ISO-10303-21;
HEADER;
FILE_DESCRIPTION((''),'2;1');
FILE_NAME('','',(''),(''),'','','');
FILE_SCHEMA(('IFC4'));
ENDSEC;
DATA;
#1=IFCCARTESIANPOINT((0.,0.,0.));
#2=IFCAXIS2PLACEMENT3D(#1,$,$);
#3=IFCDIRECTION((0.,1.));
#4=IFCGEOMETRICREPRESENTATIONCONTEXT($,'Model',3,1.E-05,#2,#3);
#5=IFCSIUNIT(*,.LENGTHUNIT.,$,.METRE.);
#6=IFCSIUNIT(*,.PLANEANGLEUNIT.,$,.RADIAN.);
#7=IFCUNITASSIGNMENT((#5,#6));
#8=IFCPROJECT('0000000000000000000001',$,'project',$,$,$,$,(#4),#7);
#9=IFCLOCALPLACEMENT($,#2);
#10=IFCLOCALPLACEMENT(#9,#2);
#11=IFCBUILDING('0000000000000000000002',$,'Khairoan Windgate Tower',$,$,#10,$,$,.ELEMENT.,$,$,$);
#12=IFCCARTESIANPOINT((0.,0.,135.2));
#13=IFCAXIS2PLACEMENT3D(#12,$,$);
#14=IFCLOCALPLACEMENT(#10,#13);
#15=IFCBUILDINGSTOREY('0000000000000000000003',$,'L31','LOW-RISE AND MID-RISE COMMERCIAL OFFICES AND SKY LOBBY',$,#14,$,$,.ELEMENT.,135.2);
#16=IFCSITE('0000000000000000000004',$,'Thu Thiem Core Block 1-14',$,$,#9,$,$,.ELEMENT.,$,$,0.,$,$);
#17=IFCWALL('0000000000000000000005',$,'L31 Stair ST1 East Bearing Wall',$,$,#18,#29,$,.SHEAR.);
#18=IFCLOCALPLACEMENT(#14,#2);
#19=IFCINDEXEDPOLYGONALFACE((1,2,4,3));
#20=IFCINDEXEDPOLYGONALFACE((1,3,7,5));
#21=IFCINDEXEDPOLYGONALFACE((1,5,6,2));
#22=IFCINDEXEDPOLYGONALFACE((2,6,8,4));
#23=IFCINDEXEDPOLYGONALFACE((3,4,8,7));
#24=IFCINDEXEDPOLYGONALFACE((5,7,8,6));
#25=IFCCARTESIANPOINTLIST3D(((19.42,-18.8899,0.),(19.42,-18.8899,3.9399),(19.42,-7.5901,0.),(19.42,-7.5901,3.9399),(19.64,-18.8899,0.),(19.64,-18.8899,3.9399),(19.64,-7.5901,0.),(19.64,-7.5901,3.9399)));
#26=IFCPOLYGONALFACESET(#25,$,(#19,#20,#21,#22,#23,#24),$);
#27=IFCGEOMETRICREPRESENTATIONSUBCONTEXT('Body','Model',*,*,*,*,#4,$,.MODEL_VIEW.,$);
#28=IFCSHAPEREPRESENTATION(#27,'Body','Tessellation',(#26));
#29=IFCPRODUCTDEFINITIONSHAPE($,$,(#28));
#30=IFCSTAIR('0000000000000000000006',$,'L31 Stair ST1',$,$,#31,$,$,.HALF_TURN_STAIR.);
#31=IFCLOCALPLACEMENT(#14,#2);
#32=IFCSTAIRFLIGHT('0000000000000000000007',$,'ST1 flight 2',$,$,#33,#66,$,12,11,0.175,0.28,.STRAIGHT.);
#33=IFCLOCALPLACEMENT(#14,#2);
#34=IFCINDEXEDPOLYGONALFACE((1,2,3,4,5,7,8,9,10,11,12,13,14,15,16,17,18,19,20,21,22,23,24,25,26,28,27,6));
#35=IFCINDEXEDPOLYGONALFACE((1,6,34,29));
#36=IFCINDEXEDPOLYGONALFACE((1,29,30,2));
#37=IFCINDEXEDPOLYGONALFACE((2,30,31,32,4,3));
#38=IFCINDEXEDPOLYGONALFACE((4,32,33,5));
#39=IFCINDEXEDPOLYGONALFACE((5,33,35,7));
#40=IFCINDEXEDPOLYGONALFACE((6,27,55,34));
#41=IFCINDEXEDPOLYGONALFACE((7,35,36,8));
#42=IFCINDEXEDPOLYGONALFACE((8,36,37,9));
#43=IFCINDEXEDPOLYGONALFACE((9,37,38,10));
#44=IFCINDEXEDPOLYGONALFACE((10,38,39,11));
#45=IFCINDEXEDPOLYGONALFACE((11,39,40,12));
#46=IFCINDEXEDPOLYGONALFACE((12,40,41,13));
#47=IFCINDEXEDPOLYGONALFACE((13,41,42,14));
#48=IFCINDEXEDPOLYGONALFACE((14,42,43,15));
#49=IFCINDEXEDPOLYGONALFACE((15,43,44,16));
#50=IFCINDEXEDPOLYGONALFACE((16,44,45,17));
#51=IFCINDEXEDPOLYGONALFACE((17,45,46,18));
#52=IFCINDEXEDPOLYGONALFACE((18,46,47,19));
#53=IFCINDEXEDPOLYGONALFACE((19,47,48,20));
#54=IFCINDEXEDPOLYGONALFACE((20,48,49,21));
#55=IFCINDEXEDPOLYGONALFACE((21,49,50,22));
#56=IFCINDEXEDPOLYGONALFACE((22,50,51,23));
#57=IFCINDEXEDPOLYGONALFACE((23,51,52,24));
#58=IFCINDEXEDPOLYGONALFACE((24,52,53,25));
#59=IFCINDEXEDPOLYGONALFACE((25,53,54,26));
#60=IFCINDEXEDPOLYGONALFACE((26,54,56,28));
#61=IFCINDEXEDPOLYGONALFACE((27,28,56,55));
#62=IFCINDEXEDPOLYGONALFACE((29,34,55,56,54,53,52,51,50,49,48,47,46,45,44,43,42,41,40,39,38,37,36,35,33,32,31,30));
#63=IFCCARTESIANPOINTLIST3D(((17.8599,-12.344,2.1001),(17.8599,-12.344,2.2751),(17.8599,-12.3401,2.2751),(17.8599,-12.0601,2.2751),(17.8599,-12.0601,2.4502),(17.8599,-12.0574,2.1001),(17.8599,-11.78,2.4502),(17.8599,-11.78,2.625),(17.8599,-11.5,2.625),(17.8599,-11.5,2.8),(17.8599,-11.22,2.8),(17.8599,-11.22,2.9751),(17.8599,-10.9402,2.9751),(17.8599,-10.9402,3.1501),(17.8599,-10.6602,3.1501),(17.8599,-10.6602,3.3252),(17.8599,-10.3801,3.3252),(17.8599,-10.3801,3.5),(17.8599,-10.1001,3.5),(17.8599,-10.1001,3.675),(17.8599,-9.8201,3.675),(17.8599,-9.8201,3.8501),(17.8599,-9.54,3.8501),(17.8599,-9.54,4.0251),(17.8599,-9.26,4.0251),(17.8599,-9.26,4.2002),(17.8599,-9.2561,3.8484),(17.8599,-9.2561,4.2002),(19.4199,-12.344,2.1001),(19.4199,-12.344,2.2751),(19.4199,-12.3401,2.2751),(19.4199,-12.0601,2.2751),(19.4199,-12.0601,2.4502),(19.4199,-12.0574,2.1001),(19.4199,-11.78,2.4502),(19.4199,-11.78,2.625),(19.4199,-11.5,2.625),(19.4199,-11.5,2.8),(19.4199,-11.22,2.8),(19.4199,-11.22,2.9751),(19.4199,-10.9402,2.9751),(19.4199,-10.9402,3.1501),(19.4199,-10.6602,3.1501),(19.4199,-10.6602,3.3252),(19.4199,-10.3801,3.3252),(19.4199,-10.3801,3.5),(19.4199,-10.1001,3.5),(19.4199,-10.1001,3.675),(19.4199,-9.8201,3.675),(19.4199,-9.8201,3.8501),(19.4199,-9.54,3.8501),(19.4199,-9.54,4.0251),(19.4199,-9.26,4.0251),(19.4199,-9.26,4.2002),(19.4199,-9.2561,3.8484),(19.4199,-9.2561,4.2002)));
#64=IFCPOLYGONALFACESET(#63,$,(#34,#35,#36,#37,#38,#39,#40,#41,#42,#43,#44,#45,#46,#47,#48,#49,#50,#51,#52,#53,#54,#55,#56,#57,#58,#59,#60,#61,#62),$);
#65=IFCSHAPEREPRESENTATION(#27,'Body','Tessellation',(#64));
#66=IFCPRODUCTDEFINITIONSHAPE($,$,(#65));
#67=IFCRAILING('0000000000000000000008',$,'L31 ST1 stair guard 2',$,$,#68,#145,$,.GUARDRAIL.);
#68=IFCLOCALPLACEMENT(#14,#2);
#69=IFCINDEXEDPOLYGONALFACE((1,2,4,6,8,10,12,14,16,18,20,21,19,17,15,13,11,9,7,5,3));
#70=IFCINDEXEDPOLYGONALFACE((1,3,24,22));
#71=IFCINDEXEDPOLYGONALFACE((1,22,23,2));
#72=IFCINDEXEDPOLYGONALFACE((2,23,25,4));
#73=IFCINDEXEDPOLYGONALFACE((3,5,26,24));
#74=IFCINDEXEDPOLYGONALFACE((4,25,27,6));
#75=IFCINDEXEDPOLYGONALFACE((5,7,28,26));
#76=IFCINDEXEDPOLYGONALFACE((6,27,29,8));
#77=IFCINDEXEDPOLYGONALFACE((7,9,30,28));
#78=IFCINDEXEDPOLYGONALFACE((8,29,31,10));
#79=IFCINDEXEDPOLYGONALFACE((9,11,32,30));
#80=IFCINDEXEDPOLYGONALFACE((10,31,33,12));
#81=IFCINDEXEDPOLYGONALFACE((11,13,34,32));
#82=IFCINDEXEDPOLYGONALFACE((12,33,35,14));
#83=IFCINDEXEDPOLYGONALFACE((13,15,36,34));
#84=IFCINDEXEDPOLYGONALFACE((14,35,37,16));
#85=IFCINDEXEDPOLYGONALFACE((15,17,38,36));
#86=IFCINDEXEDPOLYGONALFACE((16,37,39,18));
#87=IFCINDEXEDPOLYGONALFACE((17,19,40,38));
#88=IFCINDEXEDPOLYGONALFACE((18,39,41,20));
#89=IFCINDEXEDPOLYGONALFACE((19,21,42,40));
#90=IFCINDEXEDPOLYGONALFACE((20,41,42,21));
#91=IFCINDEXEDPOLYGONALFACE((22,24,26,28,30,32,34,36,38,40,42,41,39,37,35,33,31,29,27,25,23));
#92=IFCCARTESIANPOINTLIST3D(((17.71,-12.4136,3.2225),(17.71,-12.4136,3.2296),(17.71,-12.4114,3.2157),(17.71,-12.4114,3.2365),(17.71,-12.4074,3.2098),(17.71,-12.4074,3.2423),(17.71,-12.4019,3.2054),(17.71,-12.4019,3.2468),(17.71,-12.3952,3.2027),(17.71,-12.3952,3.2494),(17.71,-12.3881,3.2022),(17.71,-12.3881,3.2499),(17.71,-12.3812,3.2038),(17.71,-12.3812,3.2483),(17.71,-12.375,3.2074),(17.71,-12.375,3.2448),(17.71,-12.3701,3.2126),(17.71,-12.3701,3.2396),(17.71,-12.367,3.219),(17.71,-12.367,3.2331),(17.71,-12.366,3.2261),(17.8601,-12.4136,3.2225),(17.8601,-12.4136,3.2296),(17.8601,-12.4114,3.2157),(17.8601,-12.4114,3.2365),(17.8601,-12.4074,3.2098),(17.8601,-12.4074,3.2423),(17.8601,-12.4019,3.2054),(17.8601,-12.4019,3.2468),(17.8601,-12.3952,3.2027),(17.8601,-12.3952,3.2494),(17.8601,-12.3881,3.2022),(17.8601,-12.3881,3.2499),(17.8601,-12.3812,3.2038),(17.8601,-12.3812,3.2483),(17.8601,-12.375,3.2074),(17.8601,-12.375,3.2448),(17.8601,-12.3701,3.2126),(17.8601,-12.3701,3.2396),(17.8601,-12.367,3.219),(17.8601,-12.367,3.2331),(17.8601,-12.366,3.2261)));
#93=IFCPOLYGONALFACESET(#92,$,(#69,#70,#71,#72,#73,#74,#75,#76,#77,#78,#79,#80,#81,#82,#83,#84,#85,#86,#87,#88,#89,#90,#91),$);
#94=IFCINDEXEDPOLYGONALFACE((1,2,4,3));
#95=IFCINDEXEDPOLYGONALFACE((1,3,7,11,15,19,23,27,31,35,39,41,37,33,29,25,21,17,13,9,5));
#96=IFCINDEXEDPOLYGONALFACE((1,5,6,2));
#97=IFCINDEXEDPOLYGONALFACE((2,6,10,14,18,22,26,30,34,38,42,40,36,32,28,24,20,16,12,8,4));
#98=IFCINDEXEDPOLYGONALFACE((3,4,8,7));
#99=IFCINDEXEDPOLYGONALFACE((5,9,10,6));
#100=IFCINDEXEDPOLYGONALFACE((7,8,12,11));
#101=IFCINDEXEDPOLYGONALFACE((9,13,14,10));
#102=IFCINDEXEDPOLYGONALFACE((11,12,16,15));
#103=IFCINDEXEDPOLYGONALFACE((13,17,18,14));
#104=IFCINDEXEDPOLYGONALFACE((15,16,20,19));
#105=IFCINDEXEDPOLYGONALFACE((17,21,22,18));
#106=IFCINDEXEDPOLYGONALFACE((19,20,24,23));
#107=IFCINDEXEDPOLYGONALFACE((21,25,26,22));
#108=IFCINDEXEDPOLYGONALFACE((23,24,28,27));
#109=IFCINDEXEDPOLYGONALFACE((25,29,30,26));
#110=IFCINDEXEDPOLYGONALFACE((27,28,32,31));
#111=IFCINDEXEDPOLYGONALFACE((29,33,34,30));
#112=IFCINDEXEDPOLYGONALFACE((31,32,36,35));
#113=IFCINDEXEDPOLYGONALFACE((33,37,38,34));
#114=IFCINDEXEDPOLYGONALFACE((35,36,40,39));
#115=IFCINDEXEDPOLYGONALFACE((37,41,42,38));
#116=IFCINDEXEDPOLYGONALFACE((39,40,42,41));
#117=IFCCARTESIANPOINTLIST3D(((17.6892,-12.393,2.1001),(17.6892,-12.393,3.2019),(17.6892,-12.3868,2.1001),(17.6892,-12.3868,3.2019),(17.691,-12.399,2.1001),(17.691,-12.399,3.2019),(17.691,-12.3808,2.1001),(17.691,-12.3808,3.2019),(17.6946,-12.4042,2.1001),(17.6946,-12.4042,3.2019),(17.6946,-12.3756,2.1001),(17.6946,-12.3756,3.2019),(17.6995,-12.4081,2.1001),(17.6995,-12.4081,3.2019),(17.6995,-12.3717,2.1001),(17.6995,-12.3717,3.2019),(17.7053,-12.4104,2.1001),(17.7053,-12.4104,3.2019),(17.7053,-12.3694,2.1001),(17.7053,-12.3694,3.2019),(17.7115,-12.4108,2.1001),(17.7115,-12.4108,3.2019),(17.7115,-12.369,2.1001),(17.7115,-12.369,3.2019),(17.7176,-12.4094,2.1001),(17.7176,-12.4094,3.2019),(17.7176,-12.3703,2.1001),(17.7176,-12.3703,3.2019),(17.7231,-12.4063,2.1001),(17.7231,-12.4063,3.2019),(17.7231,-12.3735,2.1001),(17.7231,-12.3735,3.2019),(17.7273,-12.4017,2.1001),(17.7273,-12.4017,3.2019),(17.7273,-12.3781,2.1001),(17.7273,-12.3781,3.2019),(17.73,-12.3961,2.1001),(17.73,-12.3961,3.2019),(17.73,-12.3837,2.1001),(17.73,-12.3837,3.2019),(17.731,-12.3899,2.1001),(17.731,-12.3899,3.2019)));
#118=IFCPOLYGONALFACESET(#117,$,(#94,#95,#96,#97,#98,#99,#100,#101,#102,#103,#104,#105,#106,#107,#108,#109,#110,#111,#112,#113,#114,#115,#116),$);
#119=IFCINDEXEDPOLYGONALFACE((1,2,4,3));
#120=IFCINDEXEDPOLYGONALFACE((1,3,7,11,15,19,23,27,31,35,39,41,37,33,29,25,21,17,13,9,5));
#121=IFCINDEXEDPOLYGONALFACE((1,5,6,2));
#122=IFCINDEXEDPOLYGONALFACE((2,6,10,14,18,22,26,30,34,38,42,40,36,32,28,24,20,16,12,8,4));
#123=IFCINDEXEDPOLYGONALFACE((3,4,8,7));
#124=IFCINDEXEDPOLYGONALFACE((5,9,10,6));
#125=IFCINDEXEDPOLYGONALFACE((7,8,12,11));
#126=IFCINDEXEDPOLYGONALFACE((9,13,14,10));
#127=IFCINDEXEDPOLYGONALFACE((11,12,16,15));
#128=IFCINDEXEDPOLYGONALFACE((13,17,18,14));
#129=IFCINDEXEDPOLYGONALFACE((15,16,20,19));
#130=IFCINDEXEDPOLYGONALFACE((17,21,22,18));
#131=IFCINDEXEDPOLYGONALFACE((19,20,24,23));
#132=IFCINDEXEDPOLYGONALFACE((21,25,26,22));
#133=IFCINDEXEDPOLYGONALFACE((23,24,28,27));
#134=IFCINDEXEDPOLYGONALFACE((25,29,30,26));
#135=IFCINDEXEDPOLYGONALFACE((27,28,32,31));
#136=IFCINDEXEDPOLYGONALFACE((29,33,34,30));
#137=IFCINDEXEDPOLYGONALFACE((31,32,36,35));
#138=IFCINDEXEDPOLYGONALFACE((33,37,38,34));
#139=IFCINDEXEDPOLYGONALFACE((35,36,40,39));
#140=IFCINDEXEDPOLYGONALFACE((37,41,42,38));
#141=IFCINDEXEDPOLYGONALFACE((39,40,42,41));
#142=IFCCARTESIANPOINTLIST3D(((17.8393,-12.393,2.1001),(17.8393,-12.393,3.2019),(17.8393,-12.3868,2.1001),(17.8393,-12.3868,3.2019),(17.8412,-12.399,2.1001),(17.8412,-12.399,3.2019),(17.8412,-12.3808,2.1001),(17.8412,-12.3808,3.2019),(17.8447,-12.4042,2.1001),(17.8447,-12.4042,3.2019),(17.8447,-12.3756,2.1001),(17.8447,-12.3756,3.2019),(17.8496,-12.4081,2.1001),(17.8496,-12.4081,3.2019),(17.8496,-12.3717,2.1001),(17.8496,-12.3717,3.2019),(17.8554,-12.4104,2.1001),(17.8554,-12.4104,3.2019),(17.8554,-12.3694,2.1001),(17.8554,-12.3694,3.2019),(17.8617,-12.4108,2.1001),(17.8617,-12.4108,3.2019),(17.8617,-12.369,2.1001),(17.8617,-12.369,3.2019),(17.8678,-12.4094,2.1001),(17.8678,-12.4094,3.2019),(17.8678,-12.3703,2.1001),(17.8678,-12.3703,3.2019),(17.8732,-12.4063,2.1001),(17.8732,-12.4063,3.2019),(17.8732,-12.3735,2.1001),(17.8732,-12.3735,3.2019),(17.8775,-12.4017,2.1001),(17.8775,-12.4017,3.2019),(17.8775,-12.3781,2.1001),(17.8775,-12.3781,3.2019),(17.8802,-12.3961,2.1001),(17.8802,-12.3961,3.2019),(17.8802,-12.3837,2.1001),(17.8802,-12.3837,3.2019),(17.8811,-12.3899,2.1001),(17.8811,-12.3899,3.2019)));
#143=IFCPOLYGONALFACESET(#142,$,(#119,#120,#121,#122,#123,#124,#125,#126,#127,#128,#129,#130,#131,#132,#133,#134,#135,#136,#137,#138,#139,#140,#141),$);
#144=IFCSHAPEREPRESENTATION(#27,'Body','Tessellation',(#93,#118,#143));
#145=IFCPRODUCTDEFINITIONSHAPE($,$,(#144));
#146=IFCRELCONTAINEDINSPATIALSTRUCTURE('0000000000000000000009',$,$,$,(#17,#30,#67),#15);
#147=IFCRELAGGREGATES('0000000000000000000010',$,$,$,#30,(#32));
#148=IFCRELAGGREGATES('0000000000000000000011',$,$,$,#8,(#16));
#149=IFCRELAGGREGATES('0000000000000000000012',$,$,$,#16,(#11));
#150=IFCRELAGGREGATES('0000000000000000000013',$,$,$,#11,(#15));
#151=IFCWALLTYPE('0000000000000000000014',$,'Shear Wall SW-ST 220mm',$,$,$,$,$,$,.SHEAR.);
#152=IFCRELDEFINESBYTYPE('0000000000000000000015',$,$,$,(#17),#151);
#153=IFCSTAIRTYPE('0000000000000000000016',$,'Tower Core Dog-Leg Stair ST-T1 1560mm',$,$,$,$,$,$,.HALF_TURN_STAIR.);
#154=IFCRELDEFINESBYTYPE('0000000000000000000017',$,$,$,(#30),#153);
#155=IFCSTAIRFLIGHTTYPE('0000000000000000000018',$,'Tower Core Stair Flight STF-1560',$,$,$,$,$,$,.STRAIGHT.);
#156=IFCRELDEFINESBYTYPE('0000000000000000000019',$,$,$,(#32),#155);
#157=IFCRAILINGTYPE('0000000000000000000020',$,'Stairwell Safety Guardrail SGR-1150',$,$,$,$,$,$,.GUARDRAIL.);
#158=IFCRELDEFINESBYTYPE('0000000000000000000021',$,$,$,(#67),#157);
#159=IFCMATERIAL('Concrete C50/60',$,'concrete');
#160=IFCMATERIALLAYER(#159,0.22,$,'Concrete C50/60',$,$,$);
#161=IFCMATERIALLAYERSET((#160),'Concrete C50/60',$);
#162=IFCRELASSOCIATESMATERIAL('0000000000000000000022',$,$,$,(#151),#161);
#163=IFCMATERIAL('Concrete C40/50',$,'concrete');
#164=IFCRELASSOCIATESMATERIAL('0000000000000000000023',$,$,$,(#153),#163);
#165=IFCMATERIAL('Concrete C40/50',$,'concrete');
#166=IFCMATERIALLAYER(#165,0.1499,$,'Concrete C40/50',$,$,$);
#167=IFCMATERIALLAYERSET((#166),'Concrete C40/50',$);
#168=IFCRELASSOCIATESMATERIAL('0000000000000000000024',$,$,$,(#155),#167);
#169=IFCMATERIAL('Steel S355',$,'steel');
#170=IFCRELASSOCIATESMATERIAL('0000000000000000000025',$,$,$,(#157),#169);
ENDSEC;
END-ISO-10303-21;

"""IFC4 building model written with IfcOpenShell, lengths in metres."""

from ifc_helpers import new_model, si_unit, direction, frame, frame_2d, origin, origin_2d, place, context, subcontext, project, spatial, polyline, rectangle, circle, outline, extrude, material, layer, layer_set, type_object, element, aggregate, save


model = new_model("IFC4")

# Units and contexts
model_context = context("Model", 3, precision=1e-05, world=origin(), true_north=direction((0.0, 1.0)))
body_context = subcontext(model_context, "Body", "Model", "MODEL_VIEW")
ifc_project = project(units=[si_unit("LENGTHUNIT", "METRE"), si_unit("PLANEANGLEUNIT", "RADIAN")], contexts=[model_context])

# Site, building, storey
site_placement = place(None, origin())
site = spatial("IfcSite", under=ifc_project, at=site_placement, Name="Thu Thiem Core Block 1-14", CompositionType="ELEMENT", RefElevation=0.0)
building_placement = place(site_placement, origin())
building = spatial("IfcBuilding", under=site, at=building_placement, Name="Khairoan Windgate Tower", CompositionType="ELEMENT")
storey_placement = place(building_placement, frame((0.0, 0.0, 135.2)))
storey = spatial("IfcBuildingStorey", under=building, at=storey_placement, Name="L31", Description="LOW-RISE AND MID-RISE COMMERCIAL OFFICES AND SKY LOBBY", CompositionType="ELEMENT", Elevation=135.2)

# Wall
ifc_material_1 = material(Name="Concrete C50/60", Category="concrete")
ifc_layer_1 = layer(ifc_material_1, 0.22, Name="Concrete C50/60")
ifc_layer_set_1 = layer_set([ifc_layer_1], Name="Concrete C50/60")
wall_type_1 = type_object("IfcWallType", Name="Shear Wall SW-ST 220mm", PredefinedType="SHEAR", material=ifc_layer_set_1)
for number, where, z_axis, x_axis, name in (
    (1, (19.53, -18.8899, 0.0), (0.0, 0.0, 1.0), (0.0, 1.0, 0.0), "L31 Stair ST1 East Bearing Wall"),
):
    element("IfcWall", number, at=place(storey_placement, frame(where, z_axis=z_axis, x_axis=x_axis)), inside=storey, type_object=wall_type_1, Name=name, PredefinedType="SHEAR", context=body_context, shape_type="SweptSolid", body=[
        extrude(rectangle(XDim=11.2998, YDim=0.22, at=frame_2d((5.6499, 0.0))), origin(), (0.0, 0.0, 1.0), 3.9399),
    ])

# Stair, stair flight
ifc_material_2 = material(Name="Concrete C40/50", Category="concrete")
stair_type = type_object("IfcStairType", Name="Tower Core Dog-Leg Stair ST-T1 1560mm", PredefinedType="HALF_TURN_STAIR", material=ifc_material_2)
stair_placement = place(storey_placement, origin())
stair = element("IfcStair", 2, at=stair_placement, inside=storey, type_object=stair_type, Name="L31 Stair ST1", PredefinedType="HALF_TURN_STAIR")
ifc_material_3 = material(Name="Concrete C40/50", Category="concrete")
ifc_layer_2 = layer(ifc_material_3, 0.1499, Name="Concrete C40/50")
ifc_layer_set_2 = layer_set([ifc_layer_2], Name="Concrete C40/50")
stair_flight_type = type_object("IfcStairFlightType", Name="Tower Core Stair Flight STF-1560", PredefinedType="STRAIGHT", material=ifc_layer_set_2)
stair_flight_placement = place(storey_placement, frame((18.6399, -12.3401, 2.1001), z_axis=(0.0, 0.0, 1.0), x_axis=(0.0, 1.0, 0.0)))
stair_flight = element("IfcStairFlight", 3, at=stair_flight_placement, type_object=stair_flight_type, Name="ST1 flight 2", NumberOfRisers=12, NumberOfTreads=11, PredefinedType="STRAIGHT", RiserHeight=0.175, TreadLength=0.28, context=body_context, shape_type="SweptSolid", body=[
    extrude(outline(polyline([(-0.0039, 0.0), (-0.0039, 0.175), (0.0, 0.175), (0.28, 0.175), (0.28, 0.3501), (0.5601, 0.3501), (0.5601, 0.5249), (0.8401, 0.5249), (0.8401, 0.7), (1.1201, 0.7), (1.1201, 0.875), (1.3999, 0.875), (1.3999, 1.05), (1.6799, 1.05), (1.6799, 1.2251), (1.96, 1.2251), (1.96, 1.3999), (2.24, 1.3999), (2.24, 1.575), (2.52, 1.575), (2.52, 1.75), (2.8, 1.75), (2.8, 1.925), (3.0801, 1.925), (3.0801, 2.1001), (3.084, 2.1001), (3.084, 1.7483), (0.2827, 0.0), (-0.0039, 0.0)])), frame((0.0, 0.78, 0.0), z_axis=(0.0, -1.0, 0.0), x_axis=(1.0, 0.0, 0.0)), (0.0, 0.0, 1.0), 1.5601),
])
aggregate(stair, [stair_flight])

# Railing
ifc_material_4 = material(Name="Steel S355", Category="steel")
railing_type = type_object("IfcRailingType", Name="Stairwell Safety Guardrail SGR-1150", PredefinedType="GUARDRAIL", material=ifc_material_4)
railing_1_placement = place(storey_placement, frame((17.71, -12.3899, 2.1001)))
element("IfcRailing", 4, at=railing_1_placement, inside=storey, type_object=railing_type, Name="L31 ST1 stair guard 2", PredefinedType="GUARDRAIL", context=body_context, shape_type="SweptSolid", body=[
    extrude(circle(Radius=0.0239, at=origin_2d()), frame((0.0, 0.0, 1.126), z_axis=(1.0, 0.0, 0.0), x_axis=(0.0, 1.0, 0.0)), (0.0, 0.0, 1.0), 0.1501),
    extrude(circle(Radius=0.021, at=origin_2d()), origin(), (0.0, 0.0, 1.0), 1.1018),
    extrude(circle(Radius=0.021, at=origin_2d()), frame((0.1501, 0.0, 0.0)), (0.0, 0.0, 1.0), 1.1018),
])

save(model, "model.ifc")
